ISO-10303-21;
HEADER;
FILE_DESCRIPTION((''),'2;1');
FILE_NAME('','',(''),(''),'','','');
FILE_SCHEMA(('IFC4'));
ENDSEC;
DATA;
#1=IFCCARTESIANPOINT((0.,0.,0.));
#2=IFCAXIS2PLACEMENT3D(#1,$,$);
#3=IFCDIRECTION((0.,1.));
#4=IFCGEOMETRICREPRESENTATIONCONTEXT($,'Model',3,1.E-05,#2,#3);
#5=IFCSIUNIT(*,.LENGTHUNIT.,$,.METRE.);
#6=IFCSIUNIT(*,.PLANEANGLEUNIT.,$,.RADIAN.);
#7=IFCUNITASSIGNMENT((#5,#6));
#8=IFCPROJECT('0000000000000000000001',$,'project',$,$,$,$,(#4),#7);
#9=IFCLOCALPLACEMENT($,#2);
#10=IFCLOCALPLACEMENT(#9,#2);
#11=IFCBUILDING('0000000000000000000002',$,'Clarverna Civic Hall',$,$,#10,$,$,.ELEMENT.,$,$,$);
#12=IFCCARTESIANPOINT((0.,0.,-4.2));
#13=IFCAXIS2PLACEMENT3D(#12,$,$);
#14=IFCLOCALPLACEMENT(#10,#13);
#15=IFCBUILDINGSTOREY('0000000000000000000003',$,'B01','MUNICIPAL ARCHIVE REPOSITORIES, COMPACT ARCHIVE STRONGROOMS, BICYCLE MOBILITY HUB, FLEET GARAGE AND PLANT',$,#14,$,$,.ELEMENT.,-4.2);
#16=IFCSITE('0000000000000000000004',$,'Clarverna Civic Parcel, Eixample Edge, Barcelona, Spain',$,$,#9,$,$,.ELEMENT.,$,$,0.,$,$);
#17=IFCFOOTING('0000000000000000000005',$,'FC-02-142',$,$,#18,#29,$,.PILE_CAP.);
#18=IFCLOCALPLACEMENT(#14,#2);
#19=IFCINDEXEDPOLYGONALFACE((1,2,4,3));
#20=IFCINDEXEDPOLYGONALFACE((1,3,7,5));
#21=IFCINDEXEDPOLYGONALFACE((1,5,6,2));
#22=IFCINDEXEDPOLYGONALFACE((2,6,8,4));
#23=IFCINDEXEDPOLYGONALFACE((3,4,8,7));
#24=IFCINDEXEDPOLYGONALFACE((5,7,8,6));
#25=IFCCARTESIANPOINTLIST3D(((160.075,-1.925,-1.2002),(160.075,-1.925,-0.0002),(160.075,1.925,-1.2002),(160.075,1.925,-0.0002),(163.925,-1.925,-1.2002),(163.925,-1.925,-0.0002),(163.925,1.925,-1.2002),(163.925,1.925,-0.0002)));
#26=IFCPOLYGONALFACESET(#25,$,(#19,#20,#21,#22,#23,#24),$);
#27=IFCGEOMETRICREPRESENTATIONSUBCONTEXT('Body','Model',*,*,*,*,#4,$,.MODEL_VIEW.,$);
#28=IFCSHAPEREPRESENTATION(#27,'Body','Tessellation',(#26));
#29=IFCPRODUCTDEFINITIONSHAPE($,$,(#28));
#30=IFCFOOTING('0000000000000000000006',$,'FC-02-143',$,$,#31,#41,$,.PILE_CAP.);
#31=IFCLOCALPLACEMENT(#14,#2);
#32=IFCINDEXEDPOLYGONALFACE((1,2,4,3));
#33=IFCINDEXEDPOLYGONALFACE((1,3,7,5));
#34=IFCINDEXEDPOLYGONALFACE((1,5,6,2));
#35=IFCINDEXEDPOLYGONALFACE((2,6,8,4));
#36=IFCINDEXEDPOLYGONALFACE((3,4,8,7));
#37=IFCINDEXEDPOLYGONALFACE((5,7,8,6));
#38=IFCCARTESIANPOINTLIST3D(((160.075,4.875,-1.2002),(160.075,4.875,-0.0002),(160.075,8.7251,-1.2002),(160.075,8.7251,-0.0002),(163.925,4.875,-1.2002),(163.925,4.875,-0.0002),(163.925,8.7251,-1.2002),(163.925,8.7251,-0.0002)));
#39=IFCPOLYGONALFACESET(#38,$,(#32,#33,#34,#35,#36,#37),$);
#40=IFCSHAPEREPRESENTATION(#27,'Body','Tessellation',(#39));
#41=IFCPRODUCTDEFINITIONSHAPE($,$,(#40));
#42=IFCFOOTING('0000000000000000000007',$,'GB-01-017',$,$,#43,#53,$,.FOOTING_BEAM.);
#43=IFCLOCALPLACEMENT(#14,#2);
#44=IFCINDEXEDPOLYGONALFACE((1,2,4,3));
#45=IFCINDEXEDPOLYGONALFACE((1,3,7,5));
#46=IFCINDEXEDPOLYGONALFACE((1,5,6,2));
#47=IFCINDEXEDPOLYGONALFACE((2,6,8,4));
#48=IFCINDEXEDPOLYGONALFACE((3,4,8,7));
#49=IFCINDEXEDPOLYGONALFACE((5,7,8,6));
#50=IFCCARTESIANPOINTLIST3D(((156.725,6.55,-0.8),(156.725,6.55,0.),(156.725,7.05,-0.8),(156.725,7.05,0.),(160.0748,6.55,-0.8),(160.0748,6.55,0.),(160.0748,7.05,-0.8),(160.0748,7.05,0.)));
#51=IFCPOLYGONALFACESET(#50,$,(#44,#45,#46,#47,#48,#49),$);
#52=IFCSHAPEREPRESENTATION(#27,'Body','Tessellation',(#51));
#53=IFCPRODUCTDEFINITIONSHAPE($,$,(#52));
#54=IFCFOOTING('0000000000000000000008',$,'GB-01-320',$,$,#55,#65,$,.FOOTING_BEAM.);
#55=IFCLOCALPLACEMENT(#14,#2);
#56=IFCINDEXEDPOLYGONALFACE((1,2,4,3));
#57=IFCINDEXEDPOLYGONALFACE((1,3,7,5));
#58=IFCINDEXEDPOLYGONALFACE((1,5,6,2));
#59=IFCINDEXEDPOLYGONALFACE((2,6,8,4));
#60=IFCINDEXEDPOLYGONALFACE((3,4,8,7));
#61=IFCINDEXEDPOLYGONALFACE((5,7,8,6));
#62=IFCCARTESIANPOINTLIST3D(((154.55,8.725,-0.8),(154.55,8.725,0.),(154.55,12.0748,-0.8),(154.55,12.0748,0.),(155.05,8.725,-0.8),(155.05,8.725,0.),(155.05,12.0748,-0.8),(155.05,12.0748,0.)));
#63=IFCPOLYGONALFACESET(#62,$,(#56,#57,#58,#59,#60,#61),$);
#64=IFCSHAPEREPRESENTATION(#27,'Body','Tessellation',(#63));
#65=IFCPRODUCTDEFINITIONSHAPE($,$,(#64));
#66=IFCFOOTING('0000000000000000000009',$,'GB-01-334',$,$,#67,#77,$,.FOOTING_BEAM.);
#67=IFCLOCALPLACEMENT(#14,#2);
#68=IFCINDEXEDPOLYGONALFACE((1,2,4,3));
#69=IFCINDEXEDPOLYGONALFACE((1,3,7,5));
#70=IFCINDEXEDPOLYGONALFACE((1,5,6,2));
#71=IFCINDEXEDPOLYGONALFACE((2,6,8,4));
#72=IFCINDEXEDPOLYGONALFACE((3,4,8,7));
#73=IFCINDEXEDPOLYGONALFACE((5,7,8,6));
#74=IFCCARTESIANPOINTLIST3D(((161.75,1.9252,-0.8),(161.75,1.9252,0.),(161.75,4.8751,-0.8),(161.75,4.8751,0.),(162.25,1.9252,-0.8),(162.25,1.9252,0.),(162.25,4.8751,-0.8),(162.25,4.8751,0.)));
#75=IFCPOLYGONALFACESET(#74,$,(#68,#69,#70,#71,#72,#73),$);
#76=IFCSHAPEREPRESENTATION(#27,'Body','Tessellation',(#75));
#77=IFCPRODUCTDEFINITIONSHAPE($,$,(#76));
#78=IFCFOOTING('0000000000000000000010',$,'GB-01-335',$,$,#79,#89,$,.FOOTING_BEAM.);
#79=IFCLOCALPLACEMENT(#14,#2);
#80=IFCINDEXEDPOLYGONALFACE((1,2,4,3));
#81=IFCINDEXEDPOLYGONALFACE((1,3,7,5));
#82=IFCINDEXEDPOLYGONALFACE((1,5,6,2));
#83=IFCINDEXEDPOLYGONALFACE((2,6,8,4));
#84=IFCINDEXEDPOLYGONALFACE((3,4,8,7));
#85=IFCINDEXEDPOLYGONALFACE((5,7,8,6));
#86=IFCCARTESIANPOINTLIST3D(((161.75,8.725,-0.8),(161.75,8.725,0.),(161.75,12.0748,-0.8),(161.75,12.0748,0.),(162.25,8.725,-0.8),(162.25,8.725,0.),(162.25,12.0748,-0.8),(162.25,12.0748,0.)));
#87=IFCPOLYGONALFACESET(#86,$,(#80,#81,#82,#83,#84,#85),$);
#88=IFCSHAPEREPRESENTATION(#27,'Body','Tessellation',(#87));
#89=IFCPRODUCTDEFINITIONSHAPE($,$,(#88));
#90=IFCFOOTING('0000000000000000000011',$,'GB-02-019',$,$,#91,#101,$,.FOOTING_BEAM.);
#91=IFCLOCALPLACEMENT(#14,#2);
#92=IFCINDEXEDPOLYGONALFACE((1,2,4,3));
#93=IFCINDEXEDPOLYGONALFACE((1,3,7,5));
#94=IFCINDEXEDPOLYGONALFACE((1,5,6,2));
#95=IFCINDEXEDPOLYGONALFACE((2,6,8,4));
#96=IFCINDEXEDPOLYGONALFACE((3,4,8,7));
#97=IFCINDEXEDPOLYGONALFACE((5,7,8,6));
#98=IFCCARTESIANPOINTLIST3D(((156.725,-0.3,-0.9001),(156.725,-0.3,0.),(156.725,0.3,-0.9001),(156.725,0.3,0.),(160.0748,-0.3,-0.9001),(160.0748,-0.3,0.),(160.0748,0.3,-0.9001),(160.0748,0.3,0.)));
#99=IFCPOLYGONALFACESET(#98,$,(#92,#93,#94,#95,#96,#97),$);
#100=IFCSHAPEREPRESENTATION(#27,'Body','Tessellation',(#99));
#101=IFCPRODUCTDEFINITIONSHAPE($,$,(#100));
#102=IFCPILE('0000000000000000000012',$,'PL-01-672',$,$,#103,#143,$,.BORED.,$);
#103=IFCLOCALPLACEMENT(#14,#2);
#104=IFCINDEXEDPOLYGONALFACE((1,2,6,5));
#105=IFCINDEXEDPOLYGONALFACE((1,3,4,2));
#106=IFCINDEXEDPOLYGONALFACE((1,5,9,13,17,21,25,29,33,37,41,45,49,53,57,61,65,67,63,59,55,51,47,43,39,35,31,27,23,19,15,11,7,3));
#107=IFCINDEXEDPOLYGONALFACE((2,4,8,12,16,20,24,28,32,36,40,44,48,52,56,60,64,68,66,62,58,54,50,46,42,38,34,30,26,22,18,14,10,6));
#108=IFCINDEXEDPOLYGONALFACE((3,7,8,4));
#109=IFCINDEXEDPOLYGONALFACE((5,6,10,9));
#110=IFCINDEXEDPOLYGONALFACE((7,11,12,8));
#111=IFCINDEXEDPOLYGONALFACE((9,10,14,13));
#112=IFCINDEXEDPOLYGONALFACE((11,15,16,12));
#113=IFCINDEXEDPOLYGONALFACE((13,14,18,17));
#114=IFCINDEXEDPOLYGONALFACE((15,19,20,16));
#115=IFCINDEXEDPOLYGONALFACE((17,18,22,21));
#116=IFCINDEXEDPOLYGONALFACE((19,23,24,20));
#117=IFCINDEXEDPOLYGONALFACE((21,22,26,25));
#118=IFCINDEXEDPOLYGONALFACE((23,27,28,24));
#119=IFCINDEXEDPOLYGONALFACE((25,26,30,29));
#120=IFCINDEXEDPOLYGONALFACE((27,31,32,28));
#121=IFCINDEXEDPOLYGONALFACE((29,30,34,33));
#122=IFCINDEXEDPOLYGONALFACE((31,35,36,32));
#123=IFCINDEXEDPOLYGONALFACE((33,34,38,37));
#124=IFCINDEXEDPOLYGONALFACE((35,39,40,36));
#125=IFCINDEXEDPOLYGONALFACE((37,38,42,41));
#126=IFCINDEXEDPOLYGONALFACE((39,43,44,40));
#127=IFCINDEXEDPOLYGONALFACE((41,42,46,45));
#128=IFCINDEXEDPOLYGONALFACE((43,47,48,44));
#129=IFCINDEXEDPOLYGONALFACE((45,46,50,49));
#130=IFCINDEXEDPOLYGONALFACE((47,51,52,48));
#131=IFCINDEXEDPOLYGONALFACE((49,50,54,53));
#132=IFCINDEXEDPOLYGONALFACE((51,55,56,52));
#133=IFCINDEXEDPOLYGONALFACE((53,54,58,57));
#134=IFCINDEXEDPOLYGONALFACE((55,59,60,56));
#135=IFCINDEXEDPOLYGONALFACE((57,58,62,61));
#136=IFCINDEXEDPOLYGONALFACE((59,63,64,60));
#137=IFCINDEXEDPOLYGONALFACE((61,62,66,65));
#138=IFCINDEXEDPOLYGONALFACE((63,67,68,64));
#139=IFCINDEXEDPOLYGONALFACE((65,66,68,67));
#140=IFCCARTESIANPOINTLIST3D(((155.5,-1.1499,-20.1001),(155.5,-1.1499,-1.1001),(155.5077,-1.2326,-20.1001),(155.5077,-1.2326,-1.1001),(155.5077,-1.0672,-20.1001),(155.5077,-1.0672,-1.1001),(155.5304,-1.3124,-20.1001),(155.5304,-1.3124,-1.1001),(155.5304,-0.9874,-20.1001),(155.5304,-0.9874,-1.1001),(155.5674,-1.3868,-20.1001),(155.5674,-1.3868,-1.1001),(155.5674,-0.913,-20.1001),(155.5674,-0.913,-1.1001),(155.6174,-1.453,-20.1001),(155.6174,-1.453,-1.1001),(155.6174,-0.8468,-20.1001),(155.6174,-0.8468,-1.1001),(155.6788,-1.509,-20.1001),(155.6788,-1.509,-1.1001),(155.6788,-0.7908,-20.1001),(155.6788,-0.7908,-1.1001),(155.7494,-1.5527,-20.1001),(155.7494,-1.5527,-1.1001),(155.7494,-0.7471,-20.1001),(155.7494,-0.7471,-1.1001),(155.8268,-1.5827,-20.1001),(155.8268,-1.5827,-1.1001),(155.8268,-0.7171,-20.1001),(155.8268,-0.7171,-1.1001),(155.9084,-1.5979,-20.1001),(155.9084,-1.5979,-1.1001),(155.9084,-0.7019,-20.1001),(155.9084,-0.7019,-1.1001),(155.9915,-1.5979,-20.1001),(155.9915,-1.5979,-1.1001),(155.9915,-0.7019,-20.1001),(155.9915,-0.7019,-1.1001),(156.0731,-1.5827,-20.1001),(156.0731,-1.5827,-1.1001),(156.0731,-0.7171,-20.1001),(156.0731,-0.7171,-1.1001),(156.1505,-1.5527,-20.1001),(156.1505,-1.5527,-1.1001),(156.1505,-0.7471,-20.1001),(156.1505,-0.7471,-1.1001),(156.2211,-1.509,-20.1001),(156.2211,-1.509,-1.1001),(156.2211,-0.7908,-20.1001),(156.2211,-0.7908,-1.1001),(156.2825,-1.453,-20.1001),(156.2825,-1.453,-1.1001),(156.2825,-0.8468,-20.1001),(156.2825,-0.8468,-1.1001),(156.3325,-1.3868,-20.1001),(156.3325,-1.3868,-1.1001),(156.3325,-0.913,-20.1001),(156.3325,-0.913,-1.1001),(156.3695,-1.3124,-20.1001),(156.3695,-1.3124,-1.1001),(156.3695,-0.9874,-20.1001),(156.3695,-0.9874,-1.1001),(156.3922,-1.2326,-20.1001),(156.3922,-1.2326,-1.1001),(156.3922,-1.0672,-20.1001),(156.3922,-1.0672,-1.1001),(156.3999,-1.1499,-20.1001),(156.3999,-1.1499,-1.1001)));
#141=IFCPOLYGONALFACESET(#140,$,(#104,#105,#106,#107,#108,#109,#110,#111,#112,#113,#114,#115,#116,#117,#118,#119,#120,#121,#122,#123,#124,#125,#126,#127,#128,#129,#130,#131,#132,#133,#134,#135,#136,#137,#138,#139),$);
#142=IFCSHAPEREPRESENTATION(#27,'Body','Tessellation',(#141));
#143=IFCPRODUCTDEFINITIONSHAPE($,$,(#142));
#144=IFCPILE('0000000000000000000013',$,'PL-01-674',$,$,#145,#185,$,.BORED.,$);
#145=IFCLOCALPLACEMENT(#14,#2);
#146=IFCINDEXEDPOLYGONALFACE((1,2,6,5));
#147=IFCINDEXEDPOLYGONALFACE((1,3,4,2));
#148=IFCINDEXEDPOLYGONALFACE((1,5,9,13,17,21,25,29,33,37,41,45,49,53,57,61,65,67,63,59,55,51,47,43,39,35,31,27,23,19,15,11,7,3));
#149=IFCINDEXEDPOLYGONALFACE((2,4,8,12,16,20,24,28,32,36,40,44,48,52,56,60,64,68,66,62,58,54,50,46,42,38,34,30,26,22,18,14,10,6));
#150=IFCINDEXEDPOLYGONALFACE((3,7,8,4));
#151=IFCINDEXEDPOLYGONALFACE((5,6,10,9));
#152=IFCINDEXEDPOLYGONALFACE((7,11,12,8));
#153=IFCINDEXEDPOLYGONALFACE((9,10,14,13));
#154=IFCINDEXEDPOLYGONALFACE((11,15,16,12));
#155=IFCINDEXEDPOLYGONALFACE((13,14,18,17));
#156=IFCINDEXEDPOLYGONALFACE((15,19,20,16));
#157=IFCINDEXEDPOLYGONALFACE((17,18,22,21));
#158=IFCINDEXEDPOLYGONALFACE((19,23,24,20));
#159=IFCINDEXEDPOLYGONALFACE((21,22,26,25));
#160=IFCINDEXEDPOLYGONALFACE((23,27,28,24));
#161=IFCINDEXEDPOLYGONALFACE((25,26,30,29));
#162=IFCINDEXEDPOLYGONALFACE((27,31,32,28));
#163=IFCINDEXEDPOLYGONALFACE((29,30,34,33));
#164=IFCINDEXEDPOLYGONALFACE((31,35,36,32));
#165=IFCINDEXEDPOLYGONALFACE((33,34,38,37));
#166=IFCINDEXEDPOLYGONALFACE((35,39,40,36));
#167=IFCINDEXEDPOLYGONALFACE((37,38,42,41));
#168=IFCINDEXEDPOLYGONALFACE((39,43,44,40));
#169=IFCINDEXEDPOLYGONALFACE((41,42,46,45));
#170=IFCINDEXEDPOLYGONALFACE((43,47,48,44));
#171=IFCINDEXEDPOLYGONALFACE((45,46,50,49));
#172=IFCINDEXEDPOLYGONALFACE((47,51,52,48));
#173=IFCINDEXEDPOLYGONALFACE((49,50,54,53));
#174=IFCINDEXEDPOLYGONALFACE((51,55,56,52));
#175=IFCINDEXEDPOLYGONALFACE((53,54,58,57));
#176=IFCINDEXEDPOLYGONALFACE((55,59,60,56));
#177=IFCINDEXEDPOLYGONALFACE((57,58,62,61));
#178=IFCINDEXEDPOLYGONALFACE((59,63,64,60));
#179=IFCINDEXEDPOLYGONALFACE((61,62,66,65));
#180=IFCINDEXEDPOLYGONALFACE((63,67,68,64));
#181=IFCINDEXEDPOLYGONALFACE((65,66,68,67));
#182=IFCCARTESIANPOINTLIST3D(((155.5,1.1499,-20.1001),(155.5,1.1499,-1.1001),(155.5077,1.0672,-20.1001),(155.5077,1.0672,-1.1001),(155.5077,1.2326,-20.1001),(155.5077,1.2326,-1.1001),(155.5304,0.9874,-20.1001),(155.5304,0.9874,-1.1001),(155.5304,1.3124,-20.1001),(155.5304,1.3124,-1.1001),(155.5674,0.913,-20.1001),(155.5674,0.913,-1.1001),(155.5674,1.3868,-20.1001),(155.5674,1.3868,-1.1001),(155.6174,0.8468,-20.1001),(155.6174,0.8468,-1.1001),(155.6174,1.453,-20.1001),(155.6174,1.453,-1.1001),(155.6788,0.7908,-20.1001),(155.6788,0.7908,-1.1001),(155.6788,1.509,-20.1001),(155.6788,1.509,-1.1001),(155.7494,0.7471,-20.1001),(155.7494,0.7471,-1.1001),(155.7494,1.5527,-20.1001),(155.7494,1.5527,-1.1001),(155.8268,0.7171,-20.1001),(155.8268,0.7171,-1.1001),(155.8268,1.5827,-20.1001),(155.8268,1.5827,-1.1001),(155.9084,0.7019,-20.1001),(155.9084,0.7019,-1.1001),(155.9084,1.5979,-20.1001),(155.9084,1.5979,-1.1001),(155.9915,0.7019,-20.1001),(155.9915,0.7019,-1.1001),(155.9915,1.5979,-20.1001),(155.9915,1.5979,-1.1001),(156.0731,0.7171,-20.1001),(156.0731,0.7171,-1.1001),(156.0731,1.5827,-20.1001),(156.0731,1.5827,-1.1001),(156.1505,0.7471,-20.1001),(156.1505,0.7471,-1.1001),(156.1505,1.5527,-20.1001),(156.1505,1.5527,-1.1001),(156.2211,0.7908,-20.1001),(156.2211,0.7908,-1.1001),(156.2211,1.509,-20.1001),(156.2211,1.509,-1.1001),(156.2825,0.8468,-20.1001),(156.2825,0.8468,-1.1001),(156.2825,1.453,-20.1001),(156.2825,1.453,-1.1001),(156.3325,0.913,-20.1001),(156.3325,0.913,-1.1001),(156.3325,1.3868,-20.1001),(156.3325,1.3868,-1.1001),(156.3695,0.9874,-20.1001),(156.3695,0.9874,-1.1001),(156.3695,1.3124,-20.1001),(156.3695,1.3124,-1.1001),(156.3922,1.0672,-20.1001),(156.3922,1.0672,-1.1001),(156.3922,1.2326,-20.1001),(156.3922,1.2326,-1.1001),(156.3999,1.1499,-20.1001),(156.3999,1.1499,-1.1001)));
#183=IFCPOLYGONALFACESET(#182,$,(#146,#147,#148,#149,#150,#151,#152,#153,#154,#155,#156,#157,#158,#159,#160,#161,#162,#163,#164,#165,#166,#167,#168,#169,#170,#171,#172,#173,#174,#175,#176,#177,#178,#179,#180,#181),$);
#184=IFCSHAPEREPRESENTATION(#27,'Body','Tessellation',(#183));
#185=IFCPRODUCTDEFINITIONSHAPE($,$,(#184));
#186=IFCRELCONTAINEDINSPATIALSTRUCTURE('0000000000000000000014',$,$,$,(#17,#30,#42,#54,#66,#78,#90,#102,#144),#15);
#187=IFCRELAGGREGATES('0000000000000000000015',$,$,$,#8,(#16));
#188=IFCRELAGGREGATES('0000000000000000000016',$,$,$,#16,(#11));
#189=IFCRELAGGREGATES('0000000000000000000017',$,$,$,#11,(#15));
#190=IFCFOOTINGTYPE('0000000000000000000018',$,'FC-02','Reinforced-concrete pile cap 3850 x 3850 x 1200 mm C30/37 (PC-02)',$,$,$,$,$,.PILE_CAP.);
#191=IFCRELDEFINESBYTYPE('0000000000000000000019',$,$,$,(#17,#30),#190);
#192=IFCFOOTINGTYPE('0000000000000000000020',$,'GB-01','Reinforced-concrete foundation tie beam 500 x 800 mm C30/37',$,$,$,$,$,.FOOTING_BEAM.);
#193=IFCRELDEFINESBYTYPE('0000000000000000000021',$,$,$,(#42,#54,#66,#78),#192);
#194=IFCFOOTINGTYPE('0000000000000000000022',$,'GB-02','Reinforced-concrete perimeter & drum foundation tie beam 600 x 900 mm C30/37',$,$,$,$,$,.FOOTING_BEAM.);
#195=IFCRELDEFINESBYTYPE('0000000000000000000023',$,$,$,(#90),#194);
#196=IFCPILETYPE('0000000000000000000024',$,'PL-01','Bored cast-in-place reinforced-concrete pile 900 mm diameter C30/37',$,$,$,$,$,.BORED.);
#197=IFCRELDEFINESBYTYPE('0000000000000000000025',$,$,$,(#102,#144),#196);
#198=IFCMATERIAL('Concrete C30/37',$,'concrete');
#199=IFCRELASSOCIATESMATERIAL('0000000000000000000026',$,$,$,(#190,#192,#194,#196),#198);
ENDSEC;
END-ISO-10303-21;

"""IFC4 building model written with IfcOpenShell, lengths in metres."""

from ifc_helpers import new_model, si_unit, direction, frame, frame_2d, origin, origin_2d, place, context, subcontext, project, spatial, rectangle, circle, extrude, material, material_profile, profile_set, type_object, element, save


model = new_model("IFC4")

# Units and contexts
model_context = context("Model", 3, precision=1e-05, world=origin(), true_north=direction((0.0, 1.0)))
body_context = subcontext(model_context, "Body", "Model", "MODEL_VIEW")
ifc_project = project(units=[si_unit("LENGTHUNIT", "METRE"), si_unit("PLANEANGLEUNIT", "RADIAN")], contexts=[model_context])

# Site, building, storey
site_placement = place(None, origin())
site = spatial("IfcSite", under=ifc_project, at=site_placement, Name="Clarverna Civic Parcel, Eixample Edge, Barcelona, Spain", CompositionType="ELEMENT", RefElevation=0.0)
building_placement = place(site_placement, origin())
building = spatial("IfcBuilding", under=site, at=building_placement, Name="Clarverna Civic Hall", CompositionType="ELEMENT")
storey_placement = place(building_placement, frame((0.0, 0.0, -4.2)))
storey = spatial("IfcBuildingStorey", under=building, at=storey_placement, Name="B01", Description="MUNICIPAL ARCHIVE REPOSITORIES, COMPACT ARCHIVE STRONGROOMS, BICYCLE MOBILITY HUB, FLEET GARAGE AND PLANT", CompositionType="ELEMENT", Elevation=-4.2)

# Footings
ifc_material_1 = material(Name="Concrete C30/37", Category="concrete")
footing_type_1 = type_object("IfcFootingType", Name="FC-02", Description="Reinforced-concrete pile cap 3850 x 3850 x 1200 mm C30/37 (PC-02)", PredefinedType="PILE_CAP", material=ifc_material_1)
for number, where, z_axis, x_axis, name in (
    (1, (162.0, 0.0, -1.2002), (0.0, 0.0, 1.0), (1.0, 0.0, 0.0), "FC-02-142"),
    (2, (162.0, 6.8, -1.2002), (0.0, 0.0, 1.0), (1.0, 0.0, 0.0), "FC-02-143"),
):
    element("IfcFooting", number, at=place(storey_placement, frame(where, z_axis=z_axis, x_axis=x_axis)), inside=storey, type_object=footing_type_1, Name=name, PredefinedType="PILE_CAP", context=body_context, shape_type="SweptSolid", body=[
        extrude(rectangle(XDim=3.8501, YDim=3.8501, at=origin_2d()), origin(), (0.0, 0.0, 1.0), 1.2),
    ])
footing_type_2 = type_object("IfcFootingType", Name="GB-01", Description="Reinforced-concrete foundation tie beam 500 x 800 mm C30/37", PredefinedType="FOOTING_BEAM", material=ifc_material_1)
for number, where, z_axis, x_axis, name in (
    (3, (156.7251, 6.8, -0.8), (0.0, 0.0, 1.0), (1.0, 0.0, 0.0), "GB-01-017"),
    (4, (154.8, 8.7251, -0.8), (0.0, 0.0, 1.0), (0.0, 1.0, 0.0), "GB-01-320"),
):
    element("IfcFooting", number, at=place(storey_placement, frame(where, z_axis=z_axis, x_axis=x_axis)), inside=storey, type_object=footing_type_2, Name=name, PredefinedType="FOOTING_BEAM", context=body_context, shape_type="SweptSolid", body=[
        extrude(rectangle(XDim=3.3499, YDim=0.5, at=frame_2d((1.6748, 0.0))), origin(), (0.0, 0.0, 1.0), 0.8),
    ])
footing_1_placement = place(storey_placement, frame((162.0, 1.925, -0.8), z_axis=(0.0, 0.0, 1.0), x_axis=(0.0, 1.0, 0.0)))
element("IfcFooting", 5, at=footing_1_placement, inside=storey, type_object=footing_type_2, Name="GB-01-334", PredefinedType="FOOTING_BEAM", context=body_context, shape_type="SweptSolid", body=[
    extrude(rectangle(XDim=2.95, YDim=0.5, at=frame_2d((1.4751, 0.0))), origin(), (0.0, 0.0, 1.0), 0.8),
])
footing_2_placement = place(storey_placement, frame((162.0, 8.7251, -0.8), z_axis=(0.0, 0.0, 1.0), x_axis=(0.0, 1.0, 0.0)))
element("IfcFooting", 6, at=footing_2_placement, inside=storey, type_object=footing_type_2, Name="GB-01-335", PredefinedType="FOOTING_BEAM", context=body_context, shape_type="SweptSolid", body=[
    extrude(rectangle(XDim=3.3499, YDim=0.5, at=frame_2d((1.6748, 0.0))), origin(), (0.0, 0.0, 1.0), 0.8),
])
footing_type_3 = type_object("IfcFootingType", Name="GB-02", Description="Reinforced-concrete perimeter & drum foundation tie beam 600 x 900 mm C30/37", PredefinedType="FOOTING_BEAM", material=ifc_material_1)
footing_3_placement = place(storey_placement, frame((156.7251, 0.0, -0.9001), z_axis=(0.0, 0.0, 1.0), x_axis=(1.0, 0.0, 0.0)))
element("IfcFooting", 7, at=footing_3_placement, inside=storey, type_object=footing_type_3, Name="GB-02-019", PredefinedType="FOOTING_BEAM", context=body_context, shape_type="SweptSolid", body=[
    extrude(rectangle(XDim=3.3499, YDim=0.6001, at=frame_2d((1.6748, 0.0))), origin(), (0.0, 0.0, 1.0), 0.9001),
])

# Piles
ifc_material_profile_1 = material_profile(ifc_material_1, circle(Radius=0.45, at=origin_2d()), Name="BORED PILE D900")
ifc_profile_set_1 = profile_set([ifc_material_profile_1], Name="Concrete C30/37")
pile_type = type_object("IfcPileType", Name="PL-01", Description="Bored cast-in-place reinforced-concrete pile 900 mm diameter C30/37", PredefinedType="BORED", material=ifc_profile_set_1)
for number, where, z_axis, x_axis, name in (
    (8, (155.95, -1.1499, -1.1001), (0.0, 0.0, -1.0), (1.0, 0.0, 0.0), "PL-01-672"),
    (9, (155.95, 1.1499, -1.1001), (0.0, 0.0, -1.0), (1.0, 0.0, 0.0), "PL-01-674"),
):
    element("IfcPile", number, at=place(storey_placement, frame(where, z_axis=z_axis, x_axis=x_axis)), inside=storey, type_object=pile_type, Name=name, PredefinedType="BORED", context=body_context, shape_type="SweptSolid", body=[
        extrude(circle(Radius=0.45, at=origin_2d()), origin(), (0.0, 0.0, 1.0), 19.0),
    ])

save(model, "model.ifc")
